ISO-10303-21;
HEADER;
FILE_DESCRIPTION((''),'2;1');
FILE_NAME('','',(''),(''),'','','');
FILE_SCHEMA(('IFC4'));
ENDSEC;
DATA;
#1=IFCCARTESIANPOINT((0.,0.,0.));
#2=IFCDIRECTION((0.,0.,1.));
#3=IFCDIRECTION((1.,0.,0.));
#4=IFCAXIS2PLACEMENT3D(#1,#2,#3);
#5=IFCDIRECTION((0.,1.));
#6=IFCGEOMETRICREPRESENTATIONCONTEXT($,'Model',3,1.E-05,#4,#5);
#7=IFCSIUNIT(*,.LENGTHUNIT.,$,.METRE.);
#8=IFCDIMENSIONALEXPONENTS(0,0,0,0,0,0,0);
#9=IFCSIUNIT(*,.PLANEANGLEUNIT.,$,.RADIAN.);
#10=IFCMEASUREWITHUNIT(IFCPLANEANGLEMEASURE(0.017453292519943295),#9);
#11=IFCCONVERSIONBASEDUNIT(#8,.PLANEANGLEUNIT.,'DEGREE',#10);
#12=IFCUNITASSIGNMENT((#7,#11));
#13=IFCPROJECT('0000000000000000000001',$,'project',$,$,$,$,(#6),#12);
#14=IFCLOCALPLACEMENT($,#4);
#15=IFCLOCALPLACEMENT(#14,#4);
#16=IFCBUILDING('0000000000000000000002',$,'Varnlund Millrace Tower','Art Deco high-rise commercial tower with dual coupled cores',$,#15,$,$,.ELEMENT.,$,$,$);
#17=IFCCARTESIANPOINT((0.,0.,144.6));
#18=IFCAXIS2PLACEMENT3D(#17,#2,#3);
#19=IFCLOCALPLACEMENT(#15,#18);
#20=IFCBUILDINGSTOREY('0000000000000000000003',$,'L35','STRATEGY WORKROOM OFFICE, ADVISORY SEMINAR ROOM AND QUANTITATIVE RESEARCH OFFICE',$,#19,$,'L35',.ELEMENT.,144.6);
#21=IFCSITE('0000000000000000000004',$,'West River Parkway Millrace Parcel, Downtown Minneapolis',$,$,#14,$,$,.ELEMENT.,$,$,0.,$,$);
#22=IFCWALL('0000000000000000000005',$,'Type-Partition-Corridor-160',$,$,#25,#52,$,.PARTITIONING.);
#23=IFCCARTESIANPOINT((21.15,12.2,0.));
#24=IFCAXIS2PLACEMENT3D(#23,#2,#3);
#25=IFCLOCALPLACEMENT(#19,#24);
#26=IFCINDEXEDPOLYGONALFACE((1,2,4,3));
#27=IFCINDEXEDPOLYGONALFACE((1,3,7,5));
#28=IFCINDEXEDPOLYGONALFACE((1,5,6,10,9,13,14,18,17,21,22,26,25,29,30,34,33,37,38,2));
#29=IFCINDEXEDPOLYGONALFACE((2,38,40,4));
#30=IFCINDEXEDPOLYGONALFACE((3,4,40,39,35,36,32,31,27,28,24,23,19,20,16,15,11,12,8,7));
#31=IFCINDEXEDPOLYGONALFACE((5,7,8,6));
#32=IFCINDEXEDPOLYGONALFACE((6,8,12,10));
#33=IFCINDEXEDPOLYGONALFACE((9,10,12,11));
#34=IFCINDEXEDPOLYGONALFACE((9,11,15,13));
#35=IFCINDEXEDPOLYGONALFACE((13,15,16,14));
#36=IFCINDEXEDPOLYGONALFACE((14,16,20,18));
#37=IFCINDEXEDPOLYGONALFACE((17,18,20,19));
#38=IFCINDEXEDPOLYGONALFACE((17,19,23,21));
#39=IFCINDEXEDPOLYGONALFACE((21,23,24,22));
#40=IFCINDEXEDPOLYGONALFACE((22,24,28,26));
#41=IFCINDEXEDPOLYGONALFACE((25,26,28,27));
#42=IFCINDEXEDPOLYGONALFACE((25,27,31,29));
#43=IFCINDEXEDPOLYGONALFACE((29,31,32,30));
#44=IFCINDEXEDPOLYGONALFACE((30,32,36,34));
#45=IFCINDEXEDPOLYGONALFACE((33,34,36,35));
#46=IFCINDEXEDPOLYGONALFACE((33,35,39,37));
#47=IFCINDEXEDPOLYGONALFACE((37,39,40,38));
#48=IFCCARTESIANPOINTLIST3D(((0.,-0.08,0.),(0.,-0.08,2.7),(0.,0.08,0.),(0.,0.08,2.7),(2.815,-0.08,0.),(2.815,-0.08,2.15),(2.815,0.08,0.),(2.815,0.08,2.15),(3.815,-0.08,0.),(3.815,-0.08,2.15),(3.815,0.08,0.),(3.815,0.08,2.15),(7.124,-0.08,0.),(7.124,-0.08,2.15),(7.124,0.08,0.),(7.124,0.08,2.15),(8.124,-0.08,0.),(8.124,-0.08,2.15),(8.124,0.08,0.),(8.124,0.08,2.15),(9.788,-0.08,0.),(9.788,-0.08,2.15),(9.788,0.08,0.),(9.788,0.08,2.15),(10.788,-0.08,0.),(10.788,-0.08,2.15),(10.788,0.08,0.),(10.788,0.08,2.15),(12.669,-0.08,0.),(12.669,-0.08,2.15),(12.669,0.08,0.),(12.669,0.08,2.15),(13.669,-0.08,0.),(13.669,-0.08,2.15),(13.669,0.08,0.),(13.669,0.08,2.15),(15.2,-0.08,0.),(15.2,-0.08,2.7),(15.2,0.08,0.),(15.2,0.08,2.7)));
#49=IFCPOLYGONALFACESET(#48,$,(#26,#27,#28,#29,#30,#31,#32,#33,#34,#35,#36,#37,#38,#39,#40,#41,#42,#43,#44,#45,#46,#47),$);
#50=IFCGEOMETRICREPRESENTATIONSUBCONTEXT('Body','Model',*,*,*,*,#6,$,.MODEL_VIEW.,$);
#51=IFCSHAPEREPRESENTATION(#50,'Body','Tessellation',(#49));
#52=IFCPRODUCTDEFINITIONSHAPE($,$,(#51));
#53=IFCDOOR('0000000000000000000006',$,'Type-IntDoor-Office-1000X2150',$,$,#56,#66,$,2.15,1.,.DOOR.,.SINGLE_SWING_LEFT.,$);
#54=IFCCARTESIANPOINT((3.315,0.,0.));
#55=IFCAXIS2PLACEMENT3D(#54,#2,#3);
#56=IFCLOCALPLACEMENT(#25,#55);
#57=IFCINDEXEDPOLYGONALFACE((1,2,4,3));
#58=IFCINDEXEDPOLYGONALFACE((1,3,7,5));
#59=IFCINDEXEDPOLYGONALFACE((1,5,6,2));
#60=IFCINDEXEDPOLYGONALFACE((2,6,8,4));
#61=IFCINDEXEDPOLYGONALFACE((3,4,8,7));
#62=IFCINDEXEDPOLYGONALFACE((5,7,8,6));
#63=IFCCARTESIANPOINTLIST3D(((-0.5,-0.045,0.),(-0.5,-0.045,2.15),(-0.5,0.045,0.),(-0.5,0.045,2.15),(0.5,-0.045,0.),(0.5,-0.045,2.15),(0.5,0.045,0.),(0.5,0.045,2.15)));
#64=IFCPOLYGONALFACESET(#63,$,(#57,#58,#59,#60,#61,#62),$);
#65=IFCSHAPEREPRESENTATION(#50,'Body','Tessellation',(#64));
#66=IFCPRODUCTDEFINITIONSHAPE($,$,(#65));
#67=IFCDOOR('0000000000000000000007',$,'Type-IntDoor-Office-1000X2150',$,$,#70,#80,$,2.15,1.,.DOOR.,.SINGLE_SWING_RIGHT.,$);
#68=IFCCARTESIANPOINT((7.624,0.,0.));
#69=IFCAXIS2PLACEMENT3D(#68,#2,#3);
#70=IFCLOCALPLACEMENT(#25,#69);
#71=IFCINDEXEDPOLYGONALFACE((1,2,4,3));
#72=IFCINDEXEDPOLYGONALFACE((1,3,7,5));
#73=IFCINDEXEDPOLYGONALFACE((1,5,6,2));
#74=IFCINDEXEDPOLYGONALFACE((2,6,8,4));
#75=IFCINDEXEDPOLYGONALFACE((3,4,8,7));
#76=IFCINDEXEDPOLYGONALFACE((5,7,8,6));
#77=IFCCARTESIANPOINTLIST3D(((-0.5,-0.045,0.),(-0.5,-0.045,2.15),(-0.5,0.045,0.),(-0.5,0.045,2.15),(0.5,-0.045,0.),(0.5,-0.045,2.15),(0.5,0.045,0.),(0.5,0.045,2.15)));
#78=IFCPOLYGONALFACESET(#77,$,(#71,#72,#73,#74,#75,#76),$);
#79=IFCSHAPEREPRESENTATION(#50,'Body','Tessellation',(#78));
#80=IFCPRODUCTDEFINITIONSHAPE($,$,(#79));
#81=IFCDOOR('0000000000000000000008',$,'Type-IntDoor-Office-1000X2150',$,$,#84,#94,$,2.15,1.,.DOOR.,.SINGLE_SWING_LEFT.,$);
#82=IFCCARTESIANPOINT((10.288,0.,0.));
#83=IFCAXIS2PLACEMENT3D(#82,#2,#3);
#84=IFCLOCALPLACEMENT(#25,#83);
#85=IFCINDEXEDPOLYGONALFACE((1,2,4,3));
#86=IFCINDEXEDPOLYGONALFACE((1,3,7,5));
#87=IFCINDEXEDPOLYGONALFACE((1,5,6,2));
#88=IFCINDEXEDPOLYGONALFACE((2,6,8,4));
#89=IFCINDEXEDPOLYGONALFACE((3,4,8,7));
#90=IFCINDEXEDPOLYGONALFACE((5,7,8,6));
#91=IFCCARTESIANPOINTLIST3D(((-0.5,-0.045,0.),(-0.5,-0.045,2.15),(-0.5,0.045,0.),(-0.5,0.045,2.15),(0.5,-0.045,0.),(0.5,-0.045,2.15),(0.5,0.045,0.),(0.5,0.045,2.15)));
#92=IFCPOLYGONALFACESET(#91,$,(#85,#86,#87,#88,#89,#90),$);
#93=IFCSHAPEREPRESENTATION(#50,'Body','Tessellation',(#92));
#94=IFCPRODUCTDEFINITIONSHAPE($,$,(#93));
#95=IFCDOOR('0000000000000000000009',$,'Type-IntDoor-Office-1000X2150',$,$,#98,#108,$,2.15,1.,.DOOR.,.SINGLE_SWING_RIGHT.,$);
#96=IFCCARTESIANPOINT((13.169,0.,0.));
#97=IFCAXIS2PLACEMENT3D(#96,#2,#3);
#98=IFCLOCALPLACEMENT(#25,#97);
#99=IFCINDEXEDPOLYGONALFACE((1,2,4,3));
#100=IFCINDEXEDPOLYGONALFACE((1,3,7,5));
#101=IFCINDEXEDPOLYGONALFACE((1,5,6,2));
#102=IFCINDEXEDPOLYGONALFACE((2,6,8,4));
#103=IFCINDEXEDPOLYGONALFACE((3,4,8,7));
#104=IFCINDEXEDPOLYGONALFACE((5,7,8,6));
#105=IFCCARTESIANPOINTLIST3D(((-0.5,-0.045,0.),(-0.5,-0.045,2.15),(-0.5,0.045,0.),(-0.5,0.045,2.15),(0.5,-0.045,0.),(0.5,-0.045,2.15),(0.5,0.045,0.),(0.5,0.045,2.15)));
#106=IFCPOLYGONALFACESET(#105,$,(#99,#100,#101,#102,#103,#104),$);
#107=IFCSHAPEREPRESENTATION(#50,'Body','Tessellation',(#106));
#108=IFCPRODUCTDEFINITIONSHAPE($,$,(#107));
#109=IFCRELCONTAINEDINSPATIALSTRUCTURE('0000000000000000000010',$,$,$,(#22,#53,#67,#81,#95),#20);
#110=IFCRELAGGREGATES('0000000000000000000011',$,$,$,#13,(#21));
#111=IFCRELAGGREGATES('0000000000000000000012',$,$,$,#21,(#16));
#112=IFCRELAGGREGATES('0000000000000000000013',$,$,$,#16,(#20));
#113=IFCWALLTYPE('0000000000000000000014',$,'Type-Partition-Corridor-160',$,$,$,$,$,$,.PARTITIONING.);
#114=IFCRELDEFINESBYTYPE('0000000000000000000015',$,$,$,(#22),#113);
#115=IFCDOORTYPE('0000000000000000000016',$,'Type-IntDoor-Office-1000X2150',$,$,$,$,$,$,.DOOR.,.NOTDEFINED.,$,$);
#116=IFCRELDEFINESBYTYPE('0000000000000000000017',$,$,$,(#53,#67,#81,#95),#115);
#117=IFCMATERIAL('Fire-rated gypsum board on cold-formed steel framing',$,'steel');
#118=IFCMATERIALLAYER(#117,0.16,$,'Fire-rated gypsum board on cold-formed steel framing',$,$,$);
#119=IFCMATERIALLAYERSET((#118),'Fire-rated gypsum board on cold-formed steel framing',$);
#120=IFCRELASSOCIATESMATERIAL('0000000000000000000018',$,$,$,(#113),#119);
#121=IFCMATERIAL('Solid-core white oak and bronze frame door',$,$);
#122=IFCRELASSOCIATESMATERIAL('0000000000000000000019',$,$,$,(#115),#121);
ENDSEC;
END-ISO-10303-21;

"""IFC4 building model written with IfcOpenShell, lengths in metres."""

from ifc_helpers import new_model, entity, si_unit, converted_unit, direction, frame, origin_with_axes, origin_2d_with_axis, place, context, subcontext, project, spatial, polyline, rectangle, outline, extrude, material, layer, layer_set, type_object, element, fill, save


model = new_model("IFC4")

# Units and contexts
model_context = context("Model", 3, precision=1e-05, world=origin_with_axes(), true_north=direction((0.0, 1.0)))
body_context = subcontext(model_context, "Body", "Model", "MODEL_VIEW")
ifc_project = project(units=[si_unit("LENGTHUNIT", "METRE"), converted_unit("PLANEANGLEUNIT", "DEGREE", entity("IfcPlaneAngleMeasure", 0.017453292519943295), si_unit("PLANEANGLEUNIT", "RADIAN"), dimensions=[0, 0, 0, 0, 0, 0, 0])], contexts=[model_context])

# Site, building, storey
site_placement = place(None, origin_with_axes())
site = spatial("IfcSite", under=ifc_project, at=site_placement, Name="West River Parkway Millrace Parcel, Downtown Minneapolis", CompositionType="ELEMENT", RefElevation=0.0)
building_placement = place(site_placement, origin_with_axes())
building = spatial("IfcBuilding", under=site, at=building_placement, Name="Varnlund Millrace Tower", Description="Art Deco high-rise commercial tower with dual coupled cores", CompositionType="ELEMENT")
storey_placement = place(building_placement, frame((0.0, 0.0, 144.6), z_axis=(0.0, 0.0, 1.0), x_axis=(1.0, 0.0, 0.0)))
storey = spatial("IfcBuildingStorey", under=building, at=storey_placement, Name="L35", Description="STRATEGY WORKROOM OFFICE, ADVISORY SEMINAR ROOM AND QUANTITATIVE RESEARCH OFFICE", LongName="L35", CompositionType="ELEMENT", Elevation=144.6)

# Wall, openings, doors
ifc_material_1 = material(Name="Fire-rated gypsum board on cold-formed steel framing", Category="steel")
ifc_layer_1 = layer(ifc_material_1, 0.16, Name="Fire-rated gypsum board on cold-formed steel framing")
ifc_layer_set_1 = layer_set([ifc_layer_1], Name="Fire-rated gypsum board on cold-formed steel framing")
wall_type_1 = type_object("IfcWallType", Name="Type-Partition-Corridor-160", PredefinedType="PARTITIONING", material=ifc_layer_set_1)
wall_1_placement = place(storey_placement, frame((21.15, 12.2, 0.0), z_axis=(0.0, 0.0, 1.0), x_axis=(1.0, 0.0, 0.0)))
wall_1 = element("IfcWall", 1, at=wall_1_placement, inside=storey, type_object=wall_type_1, Name="Type-Partition-Corridor-160", PredefinedType="PARTITIONING", context=body_context, shape_type="SweptSolid", body=[
    extrude(outline(polyline([(0.0, -0.08), (15.2, -0.08), (15.2, 0.08), (0.0, 0.08), (0.0, -0.08)])), origin_with_axes(), (0.0, 0.0, 1.0), 2.7),
])
opening_1_placement = place(wall_1_placement, frame((3.315, 0.0, 0.0), z_axis=(0.0, 0.0, 1.0), x_axis=(1.0, 0.0, 0.0)))
opening_1 = element("IfcOpeningElement", 2, at=opening_1_placement, cuts=wall_1, PredefinedType="OPENING", context=body_context, shape_type="SweptSolid", body=[
    extrude(rectangle(XDim=1.0, YDim=0.18, at=origin_2d_with_axis()), origin_with_axes(), (0.0, 0.0, 1.0), 2.15),
])
opening_2_placement = place(wall_1_placement, frame((7.624, 0.0, 0.0), z_axis=(0.0, 0.0, 1.0), x_axis=(1.0, 0.0, 0.0)))
opening_2 = element("IfcOpeningElement", 3, at=opening_2_placement, cuts=wall_1, PredefinedType="OPENING", context=body_context, shape_type="SweptSolid", body=[
    extrude(rectangle(XDim=1.0, YDim=0.18, at=origin_2d_with_axis()), origin_with_axes(), (0.0, 0.0, 1.0), 2.15),
])
opening_3_placement = place(wall_1_placement, frame((10.288, 0.0, 0.0), z_axis=(0.0, 0.0, 1.0), x_axis=(1.0, 0.0, 0.0)))
opening_3 = element("IfcOpeningElement", 4, at=opening_3_placement, cuts=wall_1, PredefinedType="OPENING", context=body_context, shape_type="SweptSolid", body=[
    extrude(rectangle(XDim=1.0, YDim=0.18, at=origin_2d_with_axis()), origin_with_axes(), (0.0, 0.0, 1.0), 2.15),
])
opening_4_placement = place(wall_1_placement, frame((13.169, 0.0, 0.0), z_axis=(0.0, 0.0, 1.0), x_axis=(1.0, 0.0, 0.0)))
opening_4 = element("IfcOpeningElement", 5, at=opening_4_placement, cuts=wall_1, PredefinedType="OPENING", context=body_context, shape_type="SweptSolid", body=[
    extrude(rectangle(XDim=1.0, YDim=0.18, at=origin_2d_with_axis()), origin_with_axes(), (0.0, 0.0, 1.0), 2.15),
])
ifc_material_2 = material(Name="Solid-core white oak and bronze frame door")
door_type_1 = type_object("IfcDoorType", Name="Type-IntDoor-Office-1000X2150", OperationType="NOTDEFINED", PredefinedType="DOOR", material=ifc_material_2)
door_1_placement = place(wall_1_placement, frame((3.315, 0.0, 0.0), z_axis=(0.0, 0.0, 1.0), x_axis=(1.0, 0.0, 0.0)))
door_1 = element("IfcDoor", 6, at=door_1_placement, inside=storey, type_object=door_type_1, Name="Type-IntDoor-Office-1000X2150", OperationType="SINGLE_SWING_LEFT", OverallHeight=2.15, OverallWidth=1.0, PredefinedType="DOOR", context=body_context, shape_type="SweptSolid", body=[
    extrude(rectangle(XDim=1.0, YDim=0.09, at=origin_2d_with_axis()), origin_with_axes(), (0.0, 0.0, 1.0), 2.15),
])
fill(opening_1, door_1)
door_2_placement = place(wall_1_placement, frame((7.624, 0.0, 0.0), z_axis=(0.0, 0.0, 1.0), x_axis=(1.0, 0.0, 0.0)))
door_2 = element("IfcDoor", 7, at=door_2_placement, inside=storey, type_object=door_type_1, Name="Type-IntDoor-Office-1000X2150", OperationType="SINGLE_SWING_RIGHT", OverallHeight=2.15, OverallWidth=1.0, PredefinedType="DOOR", context=body_context, shape_type="SweptSolid", body=[
    extrude(rectangle(XDim=1.0, YDim=0.09, at=origin_2d_with_axis()), origin_with_axes(), (0.0, 0.0, 1.0), 2.15),
])
fill(opening_2, door_2)
door_3_placement = place(wall_1_placement, frame((10.288, 0.0, 0.0), z_axis=(0.0, 0.0, 1.0), x_axis=(1.0, 0.0, 0.0)))
door_3 = element("IfcDoor", 8, at=door_3_placement, inside=storey, type_object=door_type_1, Name="Type-IntDoor-Office-1000X2150", OperationType="SINGLE_SWING_LEFT", OverallHeight=2.15, OverallWidth=1.0, PredefinedType="DOOR", context=body_context, shape_type="SweptSolid", body=[
    extrude(rectangle(XDim=1.0, YDim=0.09, at=origin_2d_with_axis()), origin_with_axes(), (0.0, 0.0, 1.0), 2.15),
])
fill(opening_3, door_3)
door_4_placement = place(wall_1_placement, frame((13.169, 0.0, 0.0), z_axis=(0.0, 0.0, 1.0), x_axis=(1.0, 0.0, 0.0)))
door_4 = element("IfcDoor", 9, at=door_4_placement, inside=storey, type_object=door_type_1, Name="Type-IntDoor-Office-1000X2150", OperationType="SINGLE_SWING_RIGHT", OverallHeight=2.15, OverallWidth=1.0, PredefinedType="DOOR", context=body_context, shape_type="SweptSolid", body=[
    extrude(rectangle(XDim=1.0, YDim=0.09, at=origin_2d_with_axis()), origin_with_axes(), (0.0, 0.0, 1.0), 2.15),
])
fill(opening_4, door_4)

save(model, "model.ifc")
